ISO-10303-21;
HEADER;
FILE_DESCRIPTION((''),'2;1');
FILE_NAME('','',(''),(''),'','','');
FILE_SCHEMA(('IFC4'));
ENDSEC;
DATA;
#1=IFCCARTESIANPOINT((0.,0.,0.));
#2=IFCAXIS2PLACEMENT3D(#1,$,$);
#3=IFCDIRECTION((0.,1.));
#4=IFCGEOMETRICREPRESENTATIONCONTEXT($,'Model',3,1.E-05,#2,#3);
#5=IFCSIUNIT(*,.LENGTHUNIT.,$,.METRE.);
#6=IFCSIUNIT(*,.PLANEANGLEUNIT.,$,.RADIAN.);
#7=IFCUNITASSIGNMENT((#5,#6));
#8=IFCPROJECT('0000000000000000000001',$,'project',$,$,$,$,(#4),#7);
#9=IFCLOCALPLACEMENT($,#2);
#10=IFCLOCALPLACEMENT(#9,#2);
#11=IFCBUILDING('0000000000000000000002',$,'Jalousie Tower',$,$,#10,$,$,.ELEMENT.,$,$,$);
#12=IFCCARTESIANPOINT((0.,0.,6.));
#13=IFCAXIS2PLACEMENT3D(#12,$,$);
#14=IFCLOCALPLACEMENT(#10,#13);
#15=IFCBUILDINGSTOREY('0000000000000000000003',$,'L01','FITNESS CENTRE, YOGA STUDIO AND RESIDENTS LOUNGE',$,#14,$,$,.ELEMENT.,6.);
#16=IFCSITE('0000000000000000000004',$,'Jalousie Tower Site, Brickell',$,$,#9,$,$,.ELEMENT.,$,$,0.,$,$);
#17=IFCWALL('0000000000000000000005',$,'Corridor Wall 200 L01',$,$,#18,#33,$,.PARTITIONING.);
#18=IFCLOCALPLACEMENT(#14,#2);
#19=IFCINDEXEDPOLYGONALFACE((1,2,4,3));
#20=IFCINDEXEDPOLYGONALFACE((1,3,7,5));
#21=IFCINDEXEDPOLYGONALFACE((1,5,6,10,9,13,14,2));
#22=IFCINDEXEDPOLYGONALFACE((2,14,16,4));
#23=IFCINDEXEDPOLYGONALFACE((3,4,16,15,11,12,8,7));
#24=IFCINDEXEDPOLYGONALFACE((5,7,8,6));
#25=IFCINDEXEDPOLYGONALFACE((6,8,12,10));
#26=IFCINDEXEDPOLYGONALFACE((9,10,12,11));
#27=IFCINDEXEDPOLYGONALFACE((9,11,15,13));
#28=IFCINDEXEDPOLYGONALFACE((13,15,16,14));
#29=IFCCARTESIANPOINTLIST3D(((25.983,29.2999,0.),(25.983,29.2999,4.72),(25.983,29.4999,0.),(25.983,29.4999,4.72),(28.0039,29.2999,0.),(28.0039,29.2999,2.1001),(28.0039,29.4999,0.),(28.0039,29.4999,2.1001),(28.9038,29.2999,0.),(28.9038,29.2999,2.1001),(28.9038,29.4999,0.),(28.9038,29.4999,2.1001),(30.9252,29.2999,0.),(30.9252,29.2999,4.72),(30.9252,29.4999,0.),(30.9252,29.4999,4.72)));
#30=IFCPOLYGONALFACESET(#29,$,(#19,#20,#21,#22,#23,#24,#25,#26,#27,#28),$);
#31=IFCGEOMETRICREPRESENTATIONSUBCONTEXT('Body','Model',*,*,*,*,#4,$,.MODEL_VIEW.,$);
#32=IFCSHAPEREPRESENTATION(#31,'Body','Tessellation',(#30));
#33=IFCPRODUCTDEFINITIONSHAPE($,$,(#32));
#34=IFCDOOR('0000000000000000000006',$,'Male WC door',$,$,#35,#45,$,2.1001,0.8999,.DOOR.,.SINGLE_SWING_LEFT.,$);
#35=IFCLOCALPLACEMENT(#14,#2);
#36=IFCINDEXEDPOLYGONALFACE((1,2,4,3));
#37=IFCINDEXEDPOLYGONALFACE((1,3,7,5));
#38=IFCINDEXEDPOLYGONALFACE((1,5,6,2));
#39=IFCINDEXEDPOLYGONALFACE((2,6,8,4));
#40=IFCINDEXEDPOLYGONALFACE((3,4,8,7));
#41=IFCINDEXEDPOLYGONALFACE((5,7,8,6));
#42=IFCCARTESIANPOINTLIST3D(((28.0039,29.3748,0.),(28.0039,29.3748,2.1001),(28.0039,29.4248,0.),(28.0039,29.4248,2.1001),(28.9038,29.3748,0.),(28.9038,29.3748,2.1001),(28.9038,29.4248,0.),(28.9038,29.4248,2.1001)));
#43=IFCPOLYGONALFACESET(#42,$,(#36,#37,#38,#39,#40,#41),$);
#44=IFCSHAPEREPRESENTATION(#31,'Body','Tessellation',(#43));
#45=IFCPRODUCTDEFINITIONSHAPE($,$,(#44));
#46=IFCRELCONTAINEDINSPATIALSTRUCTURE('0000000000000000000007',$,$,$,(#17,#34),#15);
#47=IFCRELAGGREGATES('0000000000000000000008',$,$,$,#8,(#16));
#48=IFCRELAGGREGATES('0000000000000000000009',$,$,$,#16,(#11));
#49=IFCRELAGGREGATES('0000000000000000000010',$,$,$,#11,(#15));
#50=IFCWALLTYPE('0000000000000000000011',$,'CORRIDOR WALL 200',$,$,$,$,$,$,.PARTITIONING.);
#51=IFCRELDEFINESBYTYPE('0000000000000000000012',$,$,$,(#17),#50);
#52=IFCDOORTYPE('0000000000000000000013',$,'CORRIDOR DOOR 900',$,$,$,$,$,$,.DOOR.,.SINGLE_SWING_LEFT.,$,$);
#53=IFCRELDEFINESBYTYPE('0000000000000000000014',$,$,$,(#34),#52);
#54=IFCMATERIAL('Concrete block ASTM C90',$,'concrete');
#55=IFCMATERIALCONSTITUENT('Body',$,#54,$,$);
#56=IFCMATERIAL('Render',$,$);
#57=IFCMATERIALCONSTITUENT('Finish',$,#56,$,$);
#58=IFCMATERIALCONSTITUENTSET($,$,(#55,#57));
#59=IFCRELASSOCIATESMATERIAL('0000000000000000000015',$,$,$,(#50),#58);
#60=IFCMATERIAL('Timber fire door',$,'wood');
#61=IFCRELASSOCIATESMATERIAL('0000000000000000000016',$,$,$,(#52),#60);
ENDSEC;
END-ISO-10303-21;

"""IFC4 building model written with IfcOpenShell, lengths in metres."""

from ifc_helpers import new_model, si_unit, direction, frame, frame_2d, origin, place, context, subcontext, project, spatial, rectangle, extrude, material, constituent, constituent_set, type_object, element, fill, save


model = new_model("IFC4")

# Units and contexts
model_context = context("Model", 3, precision=1e-05, world=origin(), true_north=direction((0.0, 1.0)))
body_context = subcontext(model_context, "Body", "Model", "MODEL_VIEW")
ifc_project = project(units=[si_unit("LENGTHUNIT", "METRE"), si_unit("PLANEANGLEUNIT", "RADIAN")], contexts=[model_context])

# Site, building, storey
site_placement = place(None, origin())
site = spatial("IfcSite", under=ifc_project, at=site_placement, Name="Jalousie Tower Site, Brickell", CompositionType="ELEMENT", RefElevation=0.0)
building_placement = place(site_placement, origin())
building = spatial("IfcBuilding", under=site, at=building_placement, Name="Jalousie Tower", CompositionType="ELEMENT")
storey_placement = place(building_placement, frame((0.0, 0.0, 6.0)))
storey = spatial("IfcBuildingStorey", under=building, at=storey_placement, Name="L01", Description="FITNESS CENTRE, YOGA STUDIO AND RESIDENTS LOUNGE", CompositionType="ELEMENT", Elevation=6.0)

# Wall, opening, door
ifc_material_1 = material(Name="Concrete block ASTM C90", Category="concrete")
ifc_constituent_1 = constituent(ifc_material_1, Name="Body")
ifc_material_2 = material(Name="Render")
ifc_constituent_2 = constituent(ifc_material_2, Name="Finish")
ifc_constituent_set_1 = constituent_set(constituents=[ifc_constituent_1, ifc_constituent_2])
wall_type_1 = type_object("IfcWallType", Name="CORRIDOR WALL 200", PredefinedType="PARTITIONING", material=ifc_constituent_set_1)
ifc_material_3 = material(Name="Timber fire door", Category="wood")
door_type_1 = type_object("IfcDoorType", Name="CORRIDOR DOOR 900", OperationType="SINGLE_SWING_LEFT", PredefinedType="DOOR", material=ifc_material_3)
wall_1_placement = place(storey_placement, frame((25.9829, 29.3999, 0.0), z_axis=(0.0, 0.0, 1.0), x_axis=(1.0, 0.0, 0.0)))
wall_1 = element("IfcWall", 1, at=wall_1_placement, inside=storey, type_object=wall_type_1, Name="Corridor Wall 200 L01", PredefinedType="PARTITIONING", context=body_context, shape_type="SweptSolid", body=[
    extrude(rectangle(XDim=4.9421, YDim=0.2, at=frame_2d((2.4712, 0.0))), origin(), (0.0, 0.0, 1.0), 4.72),
])
opening_1_placement = place(wall_1_placement, frame((2.021, 0.0, 0.0)))
opening_1 = element("IfcOpeningElement", 2, at=opening_1_placement, cuts=wall_1, PredefinedType="OPENING", context=body_context, shape_type="SweptSolid", body=[
    extrude(rectangle(XDim=0.8999, YDim=2.1001, at=frame_2d((0.45, 1.05))), frame((0.0, 0.1099, 0.0), z_axis=(0.0, -1.0, 0.0), x_axis=(1.0, 0.0, 0.0)), (0.0, 0.0, 1.0), 0.22),
])
door_1_placement = place(opening_1_placement, origin())
door_1 = element("IfcDoor", 3, at=door_1_placement, inside=storey, type_object=door_type_1, Name="Male WC door", OperationType="SINGLE_SWING_LEFT", OverallHeight=2.1001, OverallWidth=0.8999, PredefinedType="DOOR", context=body_context, shape_type="SweptSolid", body=[
    extrude(rectangle(XDim=0.8999, YDim=2.1001, at=frame_2d((0.45, 1.05))), frame((0.0, 0.0249, 0.0), z_axis=(0.0, -1.0, 0.0), x_axis=(1.0, 0.0, 0.0)), (0.0, 0.0, 1.0), 0.05),
])
fill(opening_1, door_1)

save(model, "model.ifc")
